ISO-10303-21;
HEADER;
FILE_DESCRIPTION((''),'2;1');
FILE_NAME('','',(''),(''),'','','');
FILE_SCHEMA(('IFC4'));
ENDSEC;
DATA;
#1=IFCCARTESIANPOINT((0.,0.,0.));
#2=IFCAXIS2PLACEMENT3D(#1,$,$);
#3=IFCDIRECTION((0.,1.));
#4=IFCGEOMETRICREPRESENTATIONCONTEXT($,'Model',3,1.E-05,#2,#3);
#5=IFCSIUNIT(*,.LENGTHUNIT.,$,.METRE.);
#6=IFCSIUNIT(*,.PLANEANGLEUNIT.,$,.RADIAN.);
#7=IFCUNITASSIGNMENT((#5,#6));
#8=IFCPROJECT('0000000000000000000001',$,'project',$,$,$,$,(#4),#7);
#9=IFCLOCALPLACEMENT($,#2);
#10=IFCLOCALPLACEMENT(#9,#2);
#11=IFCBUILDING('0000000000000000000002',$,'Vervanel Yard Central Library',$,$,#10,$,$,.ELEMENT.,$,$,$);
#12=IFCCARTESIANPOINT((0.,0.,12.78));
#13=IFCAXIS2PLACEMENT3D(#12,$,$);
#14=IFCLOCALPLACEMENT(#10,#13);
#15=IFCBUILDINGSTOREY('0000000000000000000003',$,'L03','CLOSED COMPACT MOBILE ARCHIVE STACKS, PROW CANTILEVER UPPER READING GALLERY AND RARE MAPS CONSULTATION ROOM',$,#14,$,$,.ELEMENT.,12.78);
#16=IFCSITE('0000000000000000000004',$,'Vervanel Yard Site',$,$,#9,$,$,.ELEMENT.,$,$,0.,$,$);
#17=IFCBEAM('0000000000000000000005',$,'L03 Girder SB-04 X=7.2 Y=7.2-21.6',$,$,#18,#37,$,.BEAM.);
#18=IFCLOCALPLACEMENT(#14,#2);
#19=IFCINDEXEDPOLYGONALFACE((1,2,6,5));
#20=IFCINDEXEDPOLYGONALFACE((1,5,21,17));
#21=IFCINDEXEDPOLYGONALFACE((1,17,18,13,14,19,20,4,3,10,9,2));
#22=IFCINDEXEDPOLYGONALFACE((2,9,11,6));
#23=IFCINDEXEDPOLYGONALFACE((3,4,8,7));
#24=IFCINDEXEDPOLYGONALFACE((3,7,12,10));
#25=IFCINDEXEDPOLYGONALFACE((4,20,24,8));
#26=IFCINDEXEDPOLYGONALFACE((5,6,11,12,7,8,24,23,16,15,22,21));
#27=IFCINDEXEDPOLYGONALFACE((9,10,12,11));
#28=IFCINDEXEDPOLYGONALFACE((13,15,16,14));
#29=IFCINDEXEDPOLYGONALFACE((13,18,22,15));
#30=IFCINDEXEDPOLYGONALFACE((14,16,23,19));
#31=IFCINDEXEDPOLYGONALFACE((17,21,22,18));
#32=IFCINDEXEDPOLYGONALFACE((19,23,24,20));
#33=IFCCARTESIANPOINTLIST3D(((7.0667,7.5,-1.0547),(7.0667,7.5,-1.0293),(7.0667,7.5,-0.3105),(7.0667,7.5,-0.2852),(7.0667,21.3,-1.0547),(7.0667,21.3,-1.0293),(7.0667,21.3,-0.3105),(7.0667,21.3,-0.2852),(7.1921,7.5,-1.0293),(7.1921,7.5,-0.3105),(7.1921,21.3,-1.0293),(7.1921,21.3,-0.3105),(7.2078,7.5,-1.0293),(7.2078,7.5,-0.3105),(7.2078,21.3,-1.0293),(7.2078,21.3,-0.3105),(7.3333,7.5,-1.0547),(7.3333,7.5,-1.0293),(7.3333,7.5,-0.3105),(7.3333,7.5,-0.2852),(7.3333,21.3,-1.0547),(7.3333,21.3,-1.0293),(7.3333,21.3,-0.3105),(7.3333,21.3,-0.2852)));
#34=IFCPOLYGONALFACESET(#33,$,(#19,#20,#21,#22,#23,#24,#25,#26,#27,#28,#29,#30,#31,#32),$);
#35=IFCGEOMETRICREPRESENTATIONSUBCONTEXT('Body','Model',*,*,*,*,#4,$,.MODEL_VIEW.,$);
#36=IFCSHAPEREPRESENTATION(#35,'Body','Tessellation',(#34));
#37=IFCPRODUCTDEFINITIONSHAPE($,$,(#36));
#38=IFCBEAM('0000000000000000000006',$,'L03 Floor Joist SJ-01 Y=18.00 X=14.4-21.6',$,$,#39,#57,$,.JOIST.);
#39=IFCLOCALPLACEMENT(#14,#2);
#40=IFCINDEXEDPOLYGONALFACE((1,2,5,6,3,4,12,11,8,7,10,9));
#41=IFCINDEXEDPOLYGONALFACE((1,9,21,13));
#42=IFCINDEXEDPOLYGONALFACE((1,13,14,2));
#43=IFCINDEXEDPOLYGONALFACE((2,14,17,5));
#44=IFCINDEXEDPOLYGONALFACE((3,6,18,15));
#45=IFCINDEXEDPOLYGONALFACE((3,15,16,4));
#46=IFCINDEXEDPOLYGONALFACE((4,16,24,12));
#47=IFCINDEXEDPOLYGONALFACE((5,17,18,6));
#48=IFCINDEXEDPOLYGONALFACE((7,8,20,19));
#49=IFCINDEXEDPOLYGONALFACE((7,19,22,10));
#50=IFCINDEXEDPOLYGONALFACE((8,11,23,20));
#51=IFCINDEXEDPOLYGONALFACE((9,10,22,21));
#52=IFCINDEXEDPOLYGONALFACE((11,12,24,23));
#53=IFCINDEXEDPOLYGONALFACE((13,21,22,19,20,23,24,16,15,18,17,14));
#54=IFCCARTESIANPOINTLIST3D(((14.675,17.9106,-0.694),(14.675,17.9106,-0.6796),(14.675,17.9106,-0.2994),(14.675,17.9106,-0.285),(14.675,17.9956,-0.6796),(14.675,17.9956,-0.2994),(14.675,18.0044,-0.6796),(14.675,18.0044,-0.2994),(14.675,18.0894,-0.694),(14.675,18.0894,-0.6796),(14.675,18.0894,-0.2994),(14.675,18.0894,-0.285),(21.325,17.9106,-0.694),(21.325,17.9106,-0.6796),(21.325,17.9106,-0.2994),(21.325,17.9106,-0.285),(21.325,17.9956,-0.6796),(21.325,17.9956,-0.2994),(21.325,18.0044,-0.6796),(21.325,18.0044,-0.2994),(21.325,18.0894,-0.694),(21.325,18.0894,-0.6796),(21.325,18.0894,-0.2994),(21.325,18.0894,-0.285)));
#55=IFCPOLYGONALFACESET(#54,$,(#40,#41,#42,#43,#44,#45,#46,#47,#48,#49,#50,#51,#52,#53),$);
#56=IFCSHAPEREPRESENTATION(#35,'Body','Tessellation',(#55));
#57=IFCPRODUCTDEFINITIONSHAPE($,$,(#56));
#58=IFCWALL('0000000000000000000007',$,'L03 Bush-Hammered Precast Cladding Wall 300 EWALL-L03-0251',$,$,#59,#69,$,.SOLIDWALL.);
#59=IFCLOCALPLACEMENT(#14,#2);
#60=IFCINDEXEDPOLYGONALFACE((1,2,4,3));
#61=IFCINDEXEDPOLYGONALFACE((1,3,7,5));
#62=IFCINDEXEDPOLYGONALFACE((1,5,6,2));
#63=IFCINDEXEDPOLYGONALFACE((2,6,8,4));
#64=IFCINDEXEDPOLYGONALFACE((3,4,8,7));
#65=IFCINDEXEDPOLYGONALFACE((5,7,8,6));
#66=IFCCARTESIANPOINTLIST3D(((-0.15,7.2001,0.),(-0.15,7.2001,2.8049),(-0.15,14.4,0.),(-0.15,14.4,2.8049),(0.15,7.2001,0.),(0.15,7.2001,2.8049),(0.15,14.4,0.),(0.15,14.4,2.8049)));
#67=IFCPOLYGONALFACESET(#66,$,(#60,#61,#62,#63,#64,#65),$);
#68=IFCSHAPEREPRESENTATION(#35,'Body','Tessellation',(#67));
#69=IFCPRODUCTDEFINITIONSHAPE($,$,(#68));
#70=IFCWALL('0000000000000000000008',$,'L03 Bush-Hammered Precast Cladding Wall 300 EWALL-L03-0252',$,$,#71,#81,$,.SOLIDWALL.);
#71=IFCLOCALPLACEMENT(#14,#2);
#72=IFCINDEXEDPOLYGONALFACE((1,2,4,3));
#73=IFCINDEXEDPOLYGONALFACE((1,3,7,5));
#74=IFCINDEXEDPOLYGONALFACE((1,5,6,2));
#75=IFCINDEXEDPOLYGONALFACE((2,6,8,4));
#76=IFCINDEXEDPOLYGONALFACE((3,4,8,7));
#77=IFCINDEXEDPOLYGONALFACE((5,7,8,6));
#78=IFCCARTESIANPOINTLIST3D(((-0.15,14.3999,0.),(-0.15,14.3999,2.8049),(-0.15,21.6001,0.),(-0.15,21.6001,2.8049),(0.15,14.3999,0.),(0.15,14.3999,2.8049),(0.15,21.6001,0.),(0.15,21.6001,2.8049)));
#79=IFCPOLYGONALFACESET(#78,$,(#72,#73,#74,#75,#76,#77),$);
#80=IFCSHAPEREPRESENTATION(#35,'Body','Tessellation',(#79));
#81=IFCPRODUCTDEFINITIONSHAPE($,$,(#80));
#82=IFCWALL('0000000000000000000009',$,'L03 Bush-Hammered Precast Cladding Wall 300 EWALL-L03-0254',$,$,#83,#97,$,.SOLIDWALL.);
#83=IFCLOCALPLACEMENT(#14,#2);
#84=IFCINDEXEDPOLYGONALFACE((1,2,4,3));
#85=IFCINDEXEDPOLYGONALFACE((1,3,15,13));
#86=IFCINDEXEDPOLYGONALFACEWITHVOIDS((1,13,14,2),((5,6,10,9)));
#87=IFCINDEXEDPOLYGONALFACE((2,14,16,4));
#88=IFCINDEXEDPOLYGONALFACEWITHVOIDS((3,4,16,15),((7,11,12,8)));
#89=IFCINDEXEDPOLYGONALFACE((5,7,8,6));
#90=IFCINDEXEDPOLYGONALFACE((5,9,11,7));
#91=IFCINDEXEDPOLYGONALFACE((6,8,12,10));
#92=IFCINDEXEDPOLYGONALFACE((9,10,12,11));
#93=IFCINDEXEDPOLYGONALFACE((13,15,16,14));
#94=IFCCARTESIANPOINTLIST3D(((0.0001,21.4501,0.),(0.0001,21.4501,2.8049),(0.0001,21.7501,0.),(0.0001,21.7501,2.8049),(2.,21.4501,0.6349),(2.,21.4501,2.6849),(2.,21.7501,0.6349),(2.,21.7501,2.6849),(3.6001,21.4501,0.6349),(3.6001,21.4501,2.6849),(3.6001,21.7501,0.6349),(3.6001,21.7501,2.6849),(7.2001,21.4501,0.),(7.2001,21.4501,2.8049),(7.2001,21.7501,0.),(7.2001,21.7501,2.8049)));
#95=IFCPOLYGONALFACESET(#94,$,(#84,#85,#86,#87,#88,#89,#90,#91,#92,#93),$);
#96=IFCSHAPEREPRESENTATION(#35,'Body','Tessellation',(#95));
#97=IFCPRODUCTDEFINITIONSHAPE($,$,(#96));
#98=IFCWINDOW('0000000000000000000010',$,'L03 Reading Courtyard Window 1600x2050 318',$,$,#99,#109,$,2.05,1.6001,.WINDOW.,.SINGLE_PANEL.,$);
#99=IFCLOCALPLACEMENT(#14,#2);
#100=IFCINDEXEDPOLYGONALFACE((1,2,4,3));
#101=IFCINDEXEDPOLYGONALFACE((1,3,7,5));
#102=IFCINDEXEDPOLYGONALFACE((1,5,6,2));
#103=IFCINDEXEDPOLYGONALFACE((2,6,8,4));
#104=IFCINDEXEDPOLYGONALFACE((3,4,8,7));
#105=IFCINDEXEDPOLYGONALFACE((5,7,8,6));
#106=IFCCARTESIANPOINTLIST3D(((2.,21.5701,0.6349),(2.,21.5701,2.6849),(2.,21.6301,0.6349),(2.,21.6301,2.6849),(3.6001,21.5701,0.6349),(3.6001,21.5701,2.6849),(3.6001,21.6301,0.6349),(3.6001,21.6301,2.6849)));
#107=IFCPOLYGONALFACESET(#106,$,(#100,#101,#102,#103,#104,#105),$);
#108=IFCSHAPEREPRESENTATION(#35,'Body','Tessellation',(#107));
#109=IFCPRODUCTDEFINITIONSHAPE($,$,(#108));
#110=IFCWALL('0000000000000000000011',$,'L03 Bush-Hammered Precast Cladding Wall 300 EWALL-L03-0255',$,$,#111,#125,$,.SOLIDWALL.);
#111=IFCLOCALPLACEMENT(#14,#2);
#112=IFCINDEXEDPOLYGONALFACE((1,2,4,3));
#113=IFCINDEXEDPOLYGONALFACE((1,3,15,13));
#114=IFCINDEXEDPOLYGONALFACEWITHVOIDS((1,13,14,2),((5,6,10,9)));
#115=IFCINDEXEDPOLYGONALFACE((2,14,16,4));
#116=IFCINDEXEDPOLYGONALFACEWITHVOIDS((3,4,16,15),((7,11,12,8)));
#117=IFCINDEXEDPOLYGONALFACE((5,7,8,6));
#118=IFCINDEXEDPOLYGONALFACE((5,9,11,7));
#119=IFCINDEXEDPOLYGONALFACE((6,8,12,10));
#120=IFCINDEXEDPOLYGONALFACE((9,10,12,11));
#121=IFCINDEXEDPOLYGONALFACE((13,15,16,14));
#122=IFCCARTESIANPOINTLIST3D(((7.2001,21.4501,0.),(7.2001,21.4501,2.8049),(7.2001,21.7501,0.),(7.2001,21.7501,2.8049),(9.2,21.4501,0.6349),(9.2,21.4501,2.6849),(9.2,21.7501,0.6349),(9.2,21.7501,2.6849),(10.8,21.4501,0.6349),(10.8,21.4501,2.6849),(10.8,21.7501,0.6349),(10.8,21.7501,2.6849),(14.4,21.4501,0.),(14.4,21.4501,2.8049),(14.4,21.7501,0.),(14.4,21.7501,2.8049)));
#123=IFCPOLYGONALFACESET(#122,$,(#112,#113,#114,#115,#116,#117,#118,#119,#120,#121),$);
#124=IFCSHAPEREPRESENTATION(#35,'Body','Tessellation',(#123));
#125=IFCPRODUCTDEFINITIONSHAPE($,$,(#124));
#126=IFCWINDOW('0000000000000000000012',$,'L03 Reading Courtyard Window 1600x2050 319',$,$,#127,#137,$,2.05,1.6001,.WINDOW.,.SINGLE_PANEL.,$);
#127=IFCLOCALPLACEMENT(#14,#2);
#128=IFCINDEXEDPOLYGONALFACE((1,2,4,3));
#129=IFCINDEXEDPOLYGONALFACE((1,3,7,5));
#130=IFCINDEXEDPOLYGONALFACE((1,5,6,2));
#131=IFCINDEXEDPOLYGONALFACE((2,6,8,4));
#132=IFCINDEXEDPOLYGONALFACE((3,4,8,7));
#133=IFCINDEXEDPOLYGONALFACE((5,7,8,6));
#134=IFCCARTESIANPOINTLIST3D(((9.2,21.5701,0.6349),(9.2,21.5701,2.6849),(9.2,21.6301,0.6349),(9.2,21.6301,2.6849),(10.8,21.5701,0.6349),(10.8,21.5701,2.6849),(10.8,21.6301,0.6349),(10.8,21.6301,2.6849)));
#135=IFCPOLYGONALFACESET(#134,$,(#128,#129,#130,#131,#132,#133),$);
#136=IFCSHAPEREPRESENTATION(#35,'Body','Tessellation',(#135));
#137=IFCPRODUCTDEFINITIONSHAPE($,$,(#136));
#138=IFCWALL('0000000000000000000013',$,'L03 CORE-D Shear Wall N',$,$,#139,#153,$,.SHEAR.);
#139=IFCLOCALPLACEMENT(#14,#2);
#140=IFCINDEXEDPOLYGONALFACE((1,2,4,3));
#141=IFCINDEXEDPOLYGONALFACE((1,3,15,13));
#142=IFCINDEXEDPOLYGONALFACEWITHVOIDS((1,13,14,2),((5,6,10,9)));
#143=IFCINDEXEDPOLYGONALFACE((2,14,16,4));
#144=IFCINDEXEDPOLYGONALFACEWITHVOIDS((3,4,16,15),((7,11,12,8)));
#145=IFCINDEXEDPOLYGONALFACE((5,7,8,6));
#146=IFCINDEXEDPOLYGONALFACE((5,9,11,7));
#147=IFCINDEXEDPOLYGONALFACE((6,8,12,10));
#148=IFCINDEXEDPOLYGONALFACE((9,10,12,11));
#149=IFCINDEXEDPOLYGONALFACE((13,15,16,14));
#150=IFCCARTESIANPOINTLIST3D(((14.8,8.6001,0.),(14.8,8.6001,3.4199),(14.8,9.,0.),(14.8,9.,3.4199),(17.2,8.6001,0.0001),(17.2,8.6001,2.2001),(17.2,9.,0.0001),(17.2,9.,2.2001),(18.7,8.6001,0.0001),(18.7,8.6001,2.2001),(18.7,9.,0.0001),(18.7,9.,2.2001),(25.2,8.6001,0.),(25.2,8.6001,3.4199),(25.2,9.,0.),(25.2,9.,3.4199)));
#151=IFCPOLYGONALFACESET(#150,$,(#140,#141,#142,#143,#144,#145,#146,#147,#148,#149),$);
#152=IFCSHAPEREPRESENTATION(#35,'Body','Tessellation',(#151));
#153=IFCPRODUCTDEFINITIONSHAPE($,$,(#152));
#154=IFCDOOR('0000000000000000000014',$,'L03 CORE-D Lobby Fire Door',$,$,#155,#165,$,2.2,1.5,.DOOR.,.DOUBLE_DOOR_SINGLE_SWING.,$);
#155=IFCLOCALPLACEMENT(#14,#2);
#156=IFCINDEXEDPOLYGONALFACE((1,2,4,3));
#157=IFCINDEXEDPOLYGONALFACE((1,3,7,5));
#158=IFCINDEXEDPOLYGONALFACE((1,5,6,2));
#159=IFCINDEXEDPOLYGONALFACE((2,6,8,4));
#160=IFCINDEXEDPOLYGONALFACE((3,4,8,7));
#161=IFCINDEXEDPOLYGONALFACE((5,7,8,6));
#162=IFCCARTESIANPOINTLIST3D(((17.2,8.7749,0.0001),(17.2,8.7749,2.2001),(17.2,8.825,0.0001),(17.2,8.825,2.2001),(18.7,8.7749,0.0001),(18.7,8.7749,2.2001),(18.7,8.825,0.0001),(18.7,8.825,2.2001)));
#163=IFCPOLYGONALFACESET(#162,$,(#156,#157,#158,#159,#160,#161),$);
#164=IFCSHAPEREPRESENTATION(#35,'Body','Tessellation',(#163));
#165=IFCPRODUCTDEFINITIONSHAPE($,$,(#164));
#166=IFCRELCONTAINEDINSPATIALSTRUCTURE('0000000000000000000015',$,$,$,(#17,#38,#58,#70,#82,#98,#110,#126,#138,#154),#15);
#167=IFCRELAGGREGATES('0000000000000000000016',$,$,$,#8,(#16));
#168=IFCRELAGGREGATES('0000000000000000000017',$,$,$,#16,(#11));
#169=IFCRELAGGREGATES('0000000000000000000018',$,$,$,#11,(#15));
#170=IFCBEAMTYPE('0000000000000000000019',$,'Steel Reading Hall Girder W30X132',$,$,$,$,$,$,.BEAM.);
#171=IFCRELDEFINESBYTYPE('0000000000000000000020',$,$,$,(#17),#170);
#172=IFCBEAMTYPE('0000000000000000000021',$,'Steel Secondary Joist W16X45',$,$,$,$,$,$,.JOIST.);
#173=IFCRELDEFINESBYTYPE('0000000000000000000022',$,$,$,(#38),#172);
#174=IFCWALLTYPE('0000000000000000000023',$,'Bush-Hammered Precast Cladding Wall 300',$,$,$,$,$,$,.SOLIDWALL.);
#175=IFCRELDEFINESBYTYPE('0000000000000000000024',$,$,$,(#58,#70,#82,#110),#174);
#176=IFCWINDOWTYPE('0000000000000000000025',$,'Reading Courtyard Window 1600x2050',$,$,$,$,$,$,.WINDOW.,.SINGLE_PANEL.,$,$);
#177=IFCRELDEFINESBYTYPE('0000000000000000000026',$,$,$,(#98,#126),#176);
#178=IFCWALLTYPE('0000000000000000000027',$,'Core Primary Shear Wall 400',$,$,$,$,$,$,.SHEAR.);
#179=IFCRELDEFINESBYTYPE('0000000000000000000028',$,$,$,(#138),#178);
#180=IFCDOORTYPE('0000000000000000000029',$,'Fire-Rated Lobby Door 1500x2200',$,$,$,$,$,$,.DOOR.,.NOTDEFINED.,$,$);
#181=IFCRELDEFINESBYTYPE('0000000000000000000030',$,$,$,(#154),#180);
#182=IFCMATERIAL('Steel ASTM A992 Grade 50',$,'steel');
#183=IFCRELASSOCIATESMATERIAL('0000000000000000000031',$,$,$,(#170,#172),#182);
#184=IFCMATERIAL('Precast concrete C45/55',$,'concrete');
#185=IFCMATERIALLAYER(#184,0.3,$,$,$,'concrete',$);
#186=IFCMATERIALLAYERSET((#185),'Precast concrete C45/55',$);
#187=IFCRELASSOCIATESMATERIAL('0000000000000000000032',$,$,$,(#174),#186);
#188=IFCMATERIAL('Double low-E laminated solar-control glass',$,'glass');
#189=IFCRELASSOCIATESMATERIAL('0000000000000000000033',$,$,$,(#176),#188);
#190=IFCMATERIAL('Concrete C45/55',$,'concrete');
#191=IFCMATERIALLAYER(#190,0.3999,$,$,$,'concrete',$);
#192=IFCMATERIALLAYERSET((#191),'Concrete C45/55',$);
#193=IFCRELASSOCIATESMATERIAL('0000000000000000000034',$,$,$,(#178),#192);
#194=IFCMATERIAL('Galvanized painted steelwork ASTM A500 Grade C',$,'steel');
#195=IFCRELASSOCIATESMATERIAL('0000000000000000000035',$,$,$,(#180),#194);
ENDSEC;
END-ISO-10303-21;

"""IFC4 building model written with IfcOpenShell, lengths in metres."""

from ifc_helpers import new_model, si_unit, direction, frame, frame_2d, origin, origin_2d, place, context, subcontext, project, spatial, rectangle, i_section, extrude, material, layer, layer_set, material_profile, profile_set, type_object, element, fill, save


model = new_model("IFC4")

# Units and contexts
model_context = context("Model", 3, precision=1e-05, world=origin(), true_north=direction((0.0, 1.0)))
body_context = subcontext(model_context, "Body", "Model", "MODEL_VIEW")
ifc_project = project(units=[si_unit("LENGTHUNIT", "METRE"), si_unit("PLANEANGLEUNIT", "RADIAN")], contexts=[model_context])

# Site, building, storey
site_placement = place(None, origin())
site = spatial("IfcSite", under=ifc_project, at=site_placement, Name="Vervanel Yard Site", CompositionType="ELEMENT", RefElevation=0.0)
building_placement = place(site_placement, origin())
building = spatial("IfcBuilding", under=site, at=building_placement, Name="Vervanel Yard Central Library", CompositionType="ELEMENT")
storey_placement = place(building_placement, frame((0.0, 0.0, 12.78)))
storey = spatial("IfcBuildingStorey", under=building, at=storey_placement, Name="L03", Description="CLOSED COMPACT MOBILE ARCHIVE STACKS, PROW CANTILEVER UPPER READING GALLERY AND RARE MAPS CONSULTATION ROOM", CompositionType="ELEMENT", Elevation=12.78)

# Beams
ifc_material_1 = material(Name="Concrete C45/55", Category="concrete")
ifc_material_2 = material(Name="Steel ASTM A992 Grade 50", Category="steel")
ifc_material_profile_1 = material_profile(ifc_material_2, i_section(OverallWidth=0.2666, OverallDepth=0.7695, WebThickness=0.0156, FlangeThickness=0.0254, at=origin_2d()), Name="W30X132", Category="steel")
ifc_profile_set_1 = profile_set([ifc_material_profile_1], Name="Steel ASTM A992 Grade 50")
beam_type_1 = type_object("IfcBeamType", Name="Steel Reading Hall Girder W30X132", PredefinedType="BEAM", material=ifc_profile_set_1)
beam_1_placement = place(storey_placement, frame((7.2, 7.5, -0.6699), z_axis=(0.0, 1.0, 0.0), x_axis=(-1.0, 0.0, 0.0)))
element("IfcBeam", 1, at=beam_1_placement, inside=storey, type_object=beam_type_1, Name="L03 Girder SB-04 X=7.2 Y=7.2-21.6", PredefinedType="BEAM", context=body_context, shape_type="SweptSolid", body=[
    extrude(i_section(OverallWidth=0.2666, OverallDepth=0.7695, WebThickness=0.0156, FlangeThickness=0.0254, at=origin_2d()), origin(), (0.0, 0.0, 1.0), 13.8),
])
ifc_material_profile_2 = material_profile(ifc_material_2, i_section(OverallWidth=0.1787, OverallDepth=0.4089, WebThickness=0.0088, FlangeThickness=0.0144, at=origin_2d()), Name="W16X45", Category="steel")
ifc_profile_set_2 = profile_set([ifc_material_profile_2], Name="Steel ASTM A992 Grade 50")
beam_type_2 = type_object("IfcBeamType", Name="Steel Secondary Joist W16X45", PredefinedType="JOIST", material=ifc_profile_set_2)
beam_2_placement = place(storey_placement, frame((14.675, 18.0, -0.4895), z_axis=(1.0, 0.0, 0.0), x_axis=(0.0, 1.0, 0.0)))
element("IfcBeam", 2, at=beam_2_placement, inside=storey, type_object=beam_type_2, Name="L03 Floor Joist SJ-01 Y=18.00 X=14.4-21.6", PredefinedType="JOIST", context=body_context, shape_type="SweptSolid", body=[
    extrude(i_section(OverallWidth=0.1787, OverallDepth=0.4089, WebThickness=0.0088, FlangeThickness=0.0144, at=origin_2d()), origin(), (0.0, 0.0, 1.0), 6.6499),
])

# Walls
ifc_material_3 = material(Name="Precast concrete C45/55", Category="concrete")
ifc_layer_1 = layer(ifc_material_3, 0.3, Category="concrete")
ifc_layer_set_1 = layer_set([ifc_layer_1], Name="Precast concrete C45/55")
wall_type_1 = type_object("IfcWallType", Name="Bush-Hammered Precast Cladding Wall 300", PredefinedType="SOLIDWALL", material=ifc_layer_set_1)
wall_1_placement = place(storey_placement, frame((0.0, 7.2, 0.0), z_axis=(0.0, 0.0, 1.0), x_axis=(0.0, 1.0, 0.0)))
element("IfcWall", 3, at=wall_1_placement, inside=storey, type_object=wall_type_1, Name="L03 Bush-Hammered Precast Cladding Wall 300 EWALL-L03-0251", PredefinedType="SOLIDWALL", context=body_context, shape_type="SweptSolid", body=[
    extrude(rectangle(XDim=7.2, YDim=0.3, at=frame_2d((3.6001, 0.0))), origin(), (0.0, 0.0, 1.0), 2.8049),
])
wall_2_placement = place(storey_placement, frame((0.0, 14.3999, 0.0), z_axis=(0.0, 0.0, 1.0), x_axis=(0.0, 1.0, 0.0)))
element("IfcWall", 4, at=wall_2_placement, inside=storey, type_object=wall_type_1, Name="L03 Bush-Hammered Precast Cladding Wall 300 EWALL-L03-0252", PredefinedType="SOLIDWALL", context=body_context, shape_type="SweptSolid", body=[
    extrude(rectangle(XDim=7.2002, YDim=0.3, at=frame_2d((3.6001, 0.0))), origin(), (0.0, 0.0, 1.0), 2.8049),
])

# Walls, openings, windows
wall_3_placement = place(storey_placement, frame((0.0, 21.6001, 0.0), z_axis=(0.0, 0.0, 1.0), x_axis=(1.0, 0.0, 0.0)))
wall_3 = element("IfcWall", 5, at=wall_3_placement, inside=storey, type_object=wall_type_1, Name="L03 Bush-Hammered Precast Cladding Wall 300 EWALL-L03-0254", PredefinedType="SOLIDWALL", context=body_context, shape_type="SweptSolid", body=[
    extrude(rectangle(XDim=7.2, YDim=0.3, at=frame_2d((3.6001, 0.0))), origin(), (0.0, 0.0, 1.0), 2.8049),
])
opening_1_placement = place(wall_3_placement, frame((2.0, 0.0, 0.635)))
opening_1 = element("IfcOpeningElement", 6, at=opening_1_placement, cuts=wall_3, PredefinedType="OPENING", context=body_context, shape_type="SweptSolid", body=[
    extrude(rectangle(XDim=1.6001, YDim=2.05, at=frame_2d((0.8, 1.0249))), frame((0.0, 0.1599, 0.0), z_axis=(0.0, -1.0, 0.0), x_axis=(1.0, 0.0, 0.0)), (0.0, 0.0, 1.0), 0.3201),
])
ifc_material_4 = material(Name="Double low-E laminated solar-control glass", Category="glass")
window_type = type_object("IfcWindowType", Name="Reading Courtyard Window 1600x2050", PartitioningType="SINGLE_PANEL", PredefinedType="WINDOW", material=ifc_material_4)
window_1_placement = place(opening_1_placement, origin())
window_1 = element("IfcWindow", 7, at=window_1_placement, inside=storey, type_object=window_type, Name="L03 Reading Courtyard Window 1600x2050 318", OverallHeight=2.05, OverallWidth=1.6001, PartitioningType="SINGLE_PANEL", PredefinedType="WINDOW", context=body_context, shape_type="SweptSolid", body=[
    extrude(rectangle(XDim=1.6001, YDim=2.05, at=frame_2d((0.8, 1.0249))), frame((0.0, 0.03, 0.0), z_axis=(0.0, -1.0, 0.0), x_axis=(1.0, 0.0, 0.0)), (0.0, 0.0, 1.0), 0.0601),
])
fill(opening_1, window_1)
wall_4_placement = place(storey_placement, frame((7.2, 21.6001, 0.0), z_axis=(0.0, 0.0, 1.0), x_axis=(1.0, 0.0, 0.0)))
wall_4 = element("IfcWall", 8, at=wall_4_placement, inside=storey, type_object=wall_type_1, Name="L03 Bush-Hammered Precast Cladding Wall 300 EWALL-L03-0255", PredefinedType="SOLIDWALL", context=body_context, shape_type="SweptSolid", body=[
    extrude(rectangle(XDim=7.2, YDim=0.3, at=frame_2d((3.6001, 0.0))), origin(), (0.0, 0.0, 1.0), 2.8049),
])
opening_2_placement = place(wall_4_placement, frame((2.0, 0.0, 0.635)))
opening_2 = element("IfcOpeningElement", 9, at=opening_2_placement, cuts=wall_4, PredefinedType="OPENING", context=body_context, shape_type="SweptSolid", body=[
    extrude(rectangle(XDim=1.6001, YDim=2.05, at=frame_2d((0.8, 1.0249))), frame((0.0, 0.1599, 0.0), z_axis=(0.0, -1.0, 0.0), x_axis=(1.0, 0.0, 0.0)), (0.0, 0.0, 1.0), 0.3201),
])
window_2_placement = place(opening_2_placement, origin())
window_2 = element("IfcWindow", 10, at=window_2_placement, inside=storey, type_object=window_type, Name="L03 Reading Courtyard Window 1600x2050 319", OverallHeight=2.05, OverallWidth=1.6001, PartitioningType="SINGLE_PANEL", PredefinedType="WINDOW", context=body_context, shape_type="SweptSolid", body=[
    extrude(rectangle(XDim=1.6001, YDim=2.05, at=frame_2d((0.8, 1.0249))), frame((0.0, 0.03, 0.0), z_axis=(0.0, -1.0, 0.0), x_axis=(1.0, 0.0, 0.0)), (0.0, 0.0, 1.0), 0.0601),
])
fill(opening_2, window_2)

# Wall, opening, door
ifc_layer_2 = layer(ifc_material_1, 0.3999, Category="concrete")
ifc_layer_set_2 = layer_set([ifc_layer_2], Name="Concrete C45/55")
wall_type_2 = type_object("IfcWallType", Name="Core Primary Shear Wall 400", PredefinedType="SHEAR", material=ifc_layer_set_2)
wall_5_placement = place(storey_placement, frame((14.8, 8.8, 0.0), z_axis=(0.0, 0.0, 1.0), x_axis=(1.0, 0.0, 0.0)))
wall_5 = element("IfcWall", 11, at=wall_5_placement, inside=storey, type_object=wall_type_2, Name="L03 CORE-D Shear Wall N", PredefinedType="SHEAR", context=body_context, shape_type="SweptSolid", body=[
    extrude(rectangle(XDim=10.3999, YDim=0.3999, at=frame_2d((5.2, 0.0))), origin(), (0.0, 0.0, 1.0), 3.4199),
])
opening_3_placement = place(wall_5_placement, frame((2.3999, 0.0, 0.0)))
opening_3 = element("IfcOpeningElement", 12, at=opening_3_placement, cuts=wall_5, PredefinedType="OPENING", context=body_context, shape_type="SweptSolid", body=[
    extrude(rectangle(XDim=1.5, YDim=2.2, at=frame_2d((0.75, 1.1001))), frame((0.0, 0.21, 0.0), z_axis=(0.0, -1.0, 0.0), x_axis=(1.0, 0.0, 0.0)), (0.0, 0.0, 1.0), 0.4199),
])
ifc_material_5 = material(Name="Galvanized painted steelwork ASTM A500 Grade C", Category="steel")
door_type_1 = type_object("IfcDoorType", Name="Fire-Rated Lobby Door 1500x2200", OperationType="NOTDEFINED", PredefinedType="DOOR", material=ifc_material_5)
door_1_placement = place(opening_3_placement, origin())
door_1 = element("IfcDoor", 13, at=door_1_placement, inside=storey, type_object=door_type_1, Name="L03 CORE-D Lobby Fire Door", OperationType="DOUBLE_DOOR_SINGLE_SWING", OverallHeight=2.2, OverallWidth=1.5, PredefinedType="DOOR", context=body_context, shape_type="SweptSolid", body=[
    extrude(rectangle(XDim=1.5, YDim=2.2, at=frame_2d((0.75, 1.1001))), frame((0.0, 0.0249, 0.0), z_axis=(0.0, -1.0, 0.0), x_axis=(1.0, 0.0, 0.0)), (0.0, 0.0, 1.0), 0.05),
])
fill(opening_3, door_1)

save(model, "model.ifc")
